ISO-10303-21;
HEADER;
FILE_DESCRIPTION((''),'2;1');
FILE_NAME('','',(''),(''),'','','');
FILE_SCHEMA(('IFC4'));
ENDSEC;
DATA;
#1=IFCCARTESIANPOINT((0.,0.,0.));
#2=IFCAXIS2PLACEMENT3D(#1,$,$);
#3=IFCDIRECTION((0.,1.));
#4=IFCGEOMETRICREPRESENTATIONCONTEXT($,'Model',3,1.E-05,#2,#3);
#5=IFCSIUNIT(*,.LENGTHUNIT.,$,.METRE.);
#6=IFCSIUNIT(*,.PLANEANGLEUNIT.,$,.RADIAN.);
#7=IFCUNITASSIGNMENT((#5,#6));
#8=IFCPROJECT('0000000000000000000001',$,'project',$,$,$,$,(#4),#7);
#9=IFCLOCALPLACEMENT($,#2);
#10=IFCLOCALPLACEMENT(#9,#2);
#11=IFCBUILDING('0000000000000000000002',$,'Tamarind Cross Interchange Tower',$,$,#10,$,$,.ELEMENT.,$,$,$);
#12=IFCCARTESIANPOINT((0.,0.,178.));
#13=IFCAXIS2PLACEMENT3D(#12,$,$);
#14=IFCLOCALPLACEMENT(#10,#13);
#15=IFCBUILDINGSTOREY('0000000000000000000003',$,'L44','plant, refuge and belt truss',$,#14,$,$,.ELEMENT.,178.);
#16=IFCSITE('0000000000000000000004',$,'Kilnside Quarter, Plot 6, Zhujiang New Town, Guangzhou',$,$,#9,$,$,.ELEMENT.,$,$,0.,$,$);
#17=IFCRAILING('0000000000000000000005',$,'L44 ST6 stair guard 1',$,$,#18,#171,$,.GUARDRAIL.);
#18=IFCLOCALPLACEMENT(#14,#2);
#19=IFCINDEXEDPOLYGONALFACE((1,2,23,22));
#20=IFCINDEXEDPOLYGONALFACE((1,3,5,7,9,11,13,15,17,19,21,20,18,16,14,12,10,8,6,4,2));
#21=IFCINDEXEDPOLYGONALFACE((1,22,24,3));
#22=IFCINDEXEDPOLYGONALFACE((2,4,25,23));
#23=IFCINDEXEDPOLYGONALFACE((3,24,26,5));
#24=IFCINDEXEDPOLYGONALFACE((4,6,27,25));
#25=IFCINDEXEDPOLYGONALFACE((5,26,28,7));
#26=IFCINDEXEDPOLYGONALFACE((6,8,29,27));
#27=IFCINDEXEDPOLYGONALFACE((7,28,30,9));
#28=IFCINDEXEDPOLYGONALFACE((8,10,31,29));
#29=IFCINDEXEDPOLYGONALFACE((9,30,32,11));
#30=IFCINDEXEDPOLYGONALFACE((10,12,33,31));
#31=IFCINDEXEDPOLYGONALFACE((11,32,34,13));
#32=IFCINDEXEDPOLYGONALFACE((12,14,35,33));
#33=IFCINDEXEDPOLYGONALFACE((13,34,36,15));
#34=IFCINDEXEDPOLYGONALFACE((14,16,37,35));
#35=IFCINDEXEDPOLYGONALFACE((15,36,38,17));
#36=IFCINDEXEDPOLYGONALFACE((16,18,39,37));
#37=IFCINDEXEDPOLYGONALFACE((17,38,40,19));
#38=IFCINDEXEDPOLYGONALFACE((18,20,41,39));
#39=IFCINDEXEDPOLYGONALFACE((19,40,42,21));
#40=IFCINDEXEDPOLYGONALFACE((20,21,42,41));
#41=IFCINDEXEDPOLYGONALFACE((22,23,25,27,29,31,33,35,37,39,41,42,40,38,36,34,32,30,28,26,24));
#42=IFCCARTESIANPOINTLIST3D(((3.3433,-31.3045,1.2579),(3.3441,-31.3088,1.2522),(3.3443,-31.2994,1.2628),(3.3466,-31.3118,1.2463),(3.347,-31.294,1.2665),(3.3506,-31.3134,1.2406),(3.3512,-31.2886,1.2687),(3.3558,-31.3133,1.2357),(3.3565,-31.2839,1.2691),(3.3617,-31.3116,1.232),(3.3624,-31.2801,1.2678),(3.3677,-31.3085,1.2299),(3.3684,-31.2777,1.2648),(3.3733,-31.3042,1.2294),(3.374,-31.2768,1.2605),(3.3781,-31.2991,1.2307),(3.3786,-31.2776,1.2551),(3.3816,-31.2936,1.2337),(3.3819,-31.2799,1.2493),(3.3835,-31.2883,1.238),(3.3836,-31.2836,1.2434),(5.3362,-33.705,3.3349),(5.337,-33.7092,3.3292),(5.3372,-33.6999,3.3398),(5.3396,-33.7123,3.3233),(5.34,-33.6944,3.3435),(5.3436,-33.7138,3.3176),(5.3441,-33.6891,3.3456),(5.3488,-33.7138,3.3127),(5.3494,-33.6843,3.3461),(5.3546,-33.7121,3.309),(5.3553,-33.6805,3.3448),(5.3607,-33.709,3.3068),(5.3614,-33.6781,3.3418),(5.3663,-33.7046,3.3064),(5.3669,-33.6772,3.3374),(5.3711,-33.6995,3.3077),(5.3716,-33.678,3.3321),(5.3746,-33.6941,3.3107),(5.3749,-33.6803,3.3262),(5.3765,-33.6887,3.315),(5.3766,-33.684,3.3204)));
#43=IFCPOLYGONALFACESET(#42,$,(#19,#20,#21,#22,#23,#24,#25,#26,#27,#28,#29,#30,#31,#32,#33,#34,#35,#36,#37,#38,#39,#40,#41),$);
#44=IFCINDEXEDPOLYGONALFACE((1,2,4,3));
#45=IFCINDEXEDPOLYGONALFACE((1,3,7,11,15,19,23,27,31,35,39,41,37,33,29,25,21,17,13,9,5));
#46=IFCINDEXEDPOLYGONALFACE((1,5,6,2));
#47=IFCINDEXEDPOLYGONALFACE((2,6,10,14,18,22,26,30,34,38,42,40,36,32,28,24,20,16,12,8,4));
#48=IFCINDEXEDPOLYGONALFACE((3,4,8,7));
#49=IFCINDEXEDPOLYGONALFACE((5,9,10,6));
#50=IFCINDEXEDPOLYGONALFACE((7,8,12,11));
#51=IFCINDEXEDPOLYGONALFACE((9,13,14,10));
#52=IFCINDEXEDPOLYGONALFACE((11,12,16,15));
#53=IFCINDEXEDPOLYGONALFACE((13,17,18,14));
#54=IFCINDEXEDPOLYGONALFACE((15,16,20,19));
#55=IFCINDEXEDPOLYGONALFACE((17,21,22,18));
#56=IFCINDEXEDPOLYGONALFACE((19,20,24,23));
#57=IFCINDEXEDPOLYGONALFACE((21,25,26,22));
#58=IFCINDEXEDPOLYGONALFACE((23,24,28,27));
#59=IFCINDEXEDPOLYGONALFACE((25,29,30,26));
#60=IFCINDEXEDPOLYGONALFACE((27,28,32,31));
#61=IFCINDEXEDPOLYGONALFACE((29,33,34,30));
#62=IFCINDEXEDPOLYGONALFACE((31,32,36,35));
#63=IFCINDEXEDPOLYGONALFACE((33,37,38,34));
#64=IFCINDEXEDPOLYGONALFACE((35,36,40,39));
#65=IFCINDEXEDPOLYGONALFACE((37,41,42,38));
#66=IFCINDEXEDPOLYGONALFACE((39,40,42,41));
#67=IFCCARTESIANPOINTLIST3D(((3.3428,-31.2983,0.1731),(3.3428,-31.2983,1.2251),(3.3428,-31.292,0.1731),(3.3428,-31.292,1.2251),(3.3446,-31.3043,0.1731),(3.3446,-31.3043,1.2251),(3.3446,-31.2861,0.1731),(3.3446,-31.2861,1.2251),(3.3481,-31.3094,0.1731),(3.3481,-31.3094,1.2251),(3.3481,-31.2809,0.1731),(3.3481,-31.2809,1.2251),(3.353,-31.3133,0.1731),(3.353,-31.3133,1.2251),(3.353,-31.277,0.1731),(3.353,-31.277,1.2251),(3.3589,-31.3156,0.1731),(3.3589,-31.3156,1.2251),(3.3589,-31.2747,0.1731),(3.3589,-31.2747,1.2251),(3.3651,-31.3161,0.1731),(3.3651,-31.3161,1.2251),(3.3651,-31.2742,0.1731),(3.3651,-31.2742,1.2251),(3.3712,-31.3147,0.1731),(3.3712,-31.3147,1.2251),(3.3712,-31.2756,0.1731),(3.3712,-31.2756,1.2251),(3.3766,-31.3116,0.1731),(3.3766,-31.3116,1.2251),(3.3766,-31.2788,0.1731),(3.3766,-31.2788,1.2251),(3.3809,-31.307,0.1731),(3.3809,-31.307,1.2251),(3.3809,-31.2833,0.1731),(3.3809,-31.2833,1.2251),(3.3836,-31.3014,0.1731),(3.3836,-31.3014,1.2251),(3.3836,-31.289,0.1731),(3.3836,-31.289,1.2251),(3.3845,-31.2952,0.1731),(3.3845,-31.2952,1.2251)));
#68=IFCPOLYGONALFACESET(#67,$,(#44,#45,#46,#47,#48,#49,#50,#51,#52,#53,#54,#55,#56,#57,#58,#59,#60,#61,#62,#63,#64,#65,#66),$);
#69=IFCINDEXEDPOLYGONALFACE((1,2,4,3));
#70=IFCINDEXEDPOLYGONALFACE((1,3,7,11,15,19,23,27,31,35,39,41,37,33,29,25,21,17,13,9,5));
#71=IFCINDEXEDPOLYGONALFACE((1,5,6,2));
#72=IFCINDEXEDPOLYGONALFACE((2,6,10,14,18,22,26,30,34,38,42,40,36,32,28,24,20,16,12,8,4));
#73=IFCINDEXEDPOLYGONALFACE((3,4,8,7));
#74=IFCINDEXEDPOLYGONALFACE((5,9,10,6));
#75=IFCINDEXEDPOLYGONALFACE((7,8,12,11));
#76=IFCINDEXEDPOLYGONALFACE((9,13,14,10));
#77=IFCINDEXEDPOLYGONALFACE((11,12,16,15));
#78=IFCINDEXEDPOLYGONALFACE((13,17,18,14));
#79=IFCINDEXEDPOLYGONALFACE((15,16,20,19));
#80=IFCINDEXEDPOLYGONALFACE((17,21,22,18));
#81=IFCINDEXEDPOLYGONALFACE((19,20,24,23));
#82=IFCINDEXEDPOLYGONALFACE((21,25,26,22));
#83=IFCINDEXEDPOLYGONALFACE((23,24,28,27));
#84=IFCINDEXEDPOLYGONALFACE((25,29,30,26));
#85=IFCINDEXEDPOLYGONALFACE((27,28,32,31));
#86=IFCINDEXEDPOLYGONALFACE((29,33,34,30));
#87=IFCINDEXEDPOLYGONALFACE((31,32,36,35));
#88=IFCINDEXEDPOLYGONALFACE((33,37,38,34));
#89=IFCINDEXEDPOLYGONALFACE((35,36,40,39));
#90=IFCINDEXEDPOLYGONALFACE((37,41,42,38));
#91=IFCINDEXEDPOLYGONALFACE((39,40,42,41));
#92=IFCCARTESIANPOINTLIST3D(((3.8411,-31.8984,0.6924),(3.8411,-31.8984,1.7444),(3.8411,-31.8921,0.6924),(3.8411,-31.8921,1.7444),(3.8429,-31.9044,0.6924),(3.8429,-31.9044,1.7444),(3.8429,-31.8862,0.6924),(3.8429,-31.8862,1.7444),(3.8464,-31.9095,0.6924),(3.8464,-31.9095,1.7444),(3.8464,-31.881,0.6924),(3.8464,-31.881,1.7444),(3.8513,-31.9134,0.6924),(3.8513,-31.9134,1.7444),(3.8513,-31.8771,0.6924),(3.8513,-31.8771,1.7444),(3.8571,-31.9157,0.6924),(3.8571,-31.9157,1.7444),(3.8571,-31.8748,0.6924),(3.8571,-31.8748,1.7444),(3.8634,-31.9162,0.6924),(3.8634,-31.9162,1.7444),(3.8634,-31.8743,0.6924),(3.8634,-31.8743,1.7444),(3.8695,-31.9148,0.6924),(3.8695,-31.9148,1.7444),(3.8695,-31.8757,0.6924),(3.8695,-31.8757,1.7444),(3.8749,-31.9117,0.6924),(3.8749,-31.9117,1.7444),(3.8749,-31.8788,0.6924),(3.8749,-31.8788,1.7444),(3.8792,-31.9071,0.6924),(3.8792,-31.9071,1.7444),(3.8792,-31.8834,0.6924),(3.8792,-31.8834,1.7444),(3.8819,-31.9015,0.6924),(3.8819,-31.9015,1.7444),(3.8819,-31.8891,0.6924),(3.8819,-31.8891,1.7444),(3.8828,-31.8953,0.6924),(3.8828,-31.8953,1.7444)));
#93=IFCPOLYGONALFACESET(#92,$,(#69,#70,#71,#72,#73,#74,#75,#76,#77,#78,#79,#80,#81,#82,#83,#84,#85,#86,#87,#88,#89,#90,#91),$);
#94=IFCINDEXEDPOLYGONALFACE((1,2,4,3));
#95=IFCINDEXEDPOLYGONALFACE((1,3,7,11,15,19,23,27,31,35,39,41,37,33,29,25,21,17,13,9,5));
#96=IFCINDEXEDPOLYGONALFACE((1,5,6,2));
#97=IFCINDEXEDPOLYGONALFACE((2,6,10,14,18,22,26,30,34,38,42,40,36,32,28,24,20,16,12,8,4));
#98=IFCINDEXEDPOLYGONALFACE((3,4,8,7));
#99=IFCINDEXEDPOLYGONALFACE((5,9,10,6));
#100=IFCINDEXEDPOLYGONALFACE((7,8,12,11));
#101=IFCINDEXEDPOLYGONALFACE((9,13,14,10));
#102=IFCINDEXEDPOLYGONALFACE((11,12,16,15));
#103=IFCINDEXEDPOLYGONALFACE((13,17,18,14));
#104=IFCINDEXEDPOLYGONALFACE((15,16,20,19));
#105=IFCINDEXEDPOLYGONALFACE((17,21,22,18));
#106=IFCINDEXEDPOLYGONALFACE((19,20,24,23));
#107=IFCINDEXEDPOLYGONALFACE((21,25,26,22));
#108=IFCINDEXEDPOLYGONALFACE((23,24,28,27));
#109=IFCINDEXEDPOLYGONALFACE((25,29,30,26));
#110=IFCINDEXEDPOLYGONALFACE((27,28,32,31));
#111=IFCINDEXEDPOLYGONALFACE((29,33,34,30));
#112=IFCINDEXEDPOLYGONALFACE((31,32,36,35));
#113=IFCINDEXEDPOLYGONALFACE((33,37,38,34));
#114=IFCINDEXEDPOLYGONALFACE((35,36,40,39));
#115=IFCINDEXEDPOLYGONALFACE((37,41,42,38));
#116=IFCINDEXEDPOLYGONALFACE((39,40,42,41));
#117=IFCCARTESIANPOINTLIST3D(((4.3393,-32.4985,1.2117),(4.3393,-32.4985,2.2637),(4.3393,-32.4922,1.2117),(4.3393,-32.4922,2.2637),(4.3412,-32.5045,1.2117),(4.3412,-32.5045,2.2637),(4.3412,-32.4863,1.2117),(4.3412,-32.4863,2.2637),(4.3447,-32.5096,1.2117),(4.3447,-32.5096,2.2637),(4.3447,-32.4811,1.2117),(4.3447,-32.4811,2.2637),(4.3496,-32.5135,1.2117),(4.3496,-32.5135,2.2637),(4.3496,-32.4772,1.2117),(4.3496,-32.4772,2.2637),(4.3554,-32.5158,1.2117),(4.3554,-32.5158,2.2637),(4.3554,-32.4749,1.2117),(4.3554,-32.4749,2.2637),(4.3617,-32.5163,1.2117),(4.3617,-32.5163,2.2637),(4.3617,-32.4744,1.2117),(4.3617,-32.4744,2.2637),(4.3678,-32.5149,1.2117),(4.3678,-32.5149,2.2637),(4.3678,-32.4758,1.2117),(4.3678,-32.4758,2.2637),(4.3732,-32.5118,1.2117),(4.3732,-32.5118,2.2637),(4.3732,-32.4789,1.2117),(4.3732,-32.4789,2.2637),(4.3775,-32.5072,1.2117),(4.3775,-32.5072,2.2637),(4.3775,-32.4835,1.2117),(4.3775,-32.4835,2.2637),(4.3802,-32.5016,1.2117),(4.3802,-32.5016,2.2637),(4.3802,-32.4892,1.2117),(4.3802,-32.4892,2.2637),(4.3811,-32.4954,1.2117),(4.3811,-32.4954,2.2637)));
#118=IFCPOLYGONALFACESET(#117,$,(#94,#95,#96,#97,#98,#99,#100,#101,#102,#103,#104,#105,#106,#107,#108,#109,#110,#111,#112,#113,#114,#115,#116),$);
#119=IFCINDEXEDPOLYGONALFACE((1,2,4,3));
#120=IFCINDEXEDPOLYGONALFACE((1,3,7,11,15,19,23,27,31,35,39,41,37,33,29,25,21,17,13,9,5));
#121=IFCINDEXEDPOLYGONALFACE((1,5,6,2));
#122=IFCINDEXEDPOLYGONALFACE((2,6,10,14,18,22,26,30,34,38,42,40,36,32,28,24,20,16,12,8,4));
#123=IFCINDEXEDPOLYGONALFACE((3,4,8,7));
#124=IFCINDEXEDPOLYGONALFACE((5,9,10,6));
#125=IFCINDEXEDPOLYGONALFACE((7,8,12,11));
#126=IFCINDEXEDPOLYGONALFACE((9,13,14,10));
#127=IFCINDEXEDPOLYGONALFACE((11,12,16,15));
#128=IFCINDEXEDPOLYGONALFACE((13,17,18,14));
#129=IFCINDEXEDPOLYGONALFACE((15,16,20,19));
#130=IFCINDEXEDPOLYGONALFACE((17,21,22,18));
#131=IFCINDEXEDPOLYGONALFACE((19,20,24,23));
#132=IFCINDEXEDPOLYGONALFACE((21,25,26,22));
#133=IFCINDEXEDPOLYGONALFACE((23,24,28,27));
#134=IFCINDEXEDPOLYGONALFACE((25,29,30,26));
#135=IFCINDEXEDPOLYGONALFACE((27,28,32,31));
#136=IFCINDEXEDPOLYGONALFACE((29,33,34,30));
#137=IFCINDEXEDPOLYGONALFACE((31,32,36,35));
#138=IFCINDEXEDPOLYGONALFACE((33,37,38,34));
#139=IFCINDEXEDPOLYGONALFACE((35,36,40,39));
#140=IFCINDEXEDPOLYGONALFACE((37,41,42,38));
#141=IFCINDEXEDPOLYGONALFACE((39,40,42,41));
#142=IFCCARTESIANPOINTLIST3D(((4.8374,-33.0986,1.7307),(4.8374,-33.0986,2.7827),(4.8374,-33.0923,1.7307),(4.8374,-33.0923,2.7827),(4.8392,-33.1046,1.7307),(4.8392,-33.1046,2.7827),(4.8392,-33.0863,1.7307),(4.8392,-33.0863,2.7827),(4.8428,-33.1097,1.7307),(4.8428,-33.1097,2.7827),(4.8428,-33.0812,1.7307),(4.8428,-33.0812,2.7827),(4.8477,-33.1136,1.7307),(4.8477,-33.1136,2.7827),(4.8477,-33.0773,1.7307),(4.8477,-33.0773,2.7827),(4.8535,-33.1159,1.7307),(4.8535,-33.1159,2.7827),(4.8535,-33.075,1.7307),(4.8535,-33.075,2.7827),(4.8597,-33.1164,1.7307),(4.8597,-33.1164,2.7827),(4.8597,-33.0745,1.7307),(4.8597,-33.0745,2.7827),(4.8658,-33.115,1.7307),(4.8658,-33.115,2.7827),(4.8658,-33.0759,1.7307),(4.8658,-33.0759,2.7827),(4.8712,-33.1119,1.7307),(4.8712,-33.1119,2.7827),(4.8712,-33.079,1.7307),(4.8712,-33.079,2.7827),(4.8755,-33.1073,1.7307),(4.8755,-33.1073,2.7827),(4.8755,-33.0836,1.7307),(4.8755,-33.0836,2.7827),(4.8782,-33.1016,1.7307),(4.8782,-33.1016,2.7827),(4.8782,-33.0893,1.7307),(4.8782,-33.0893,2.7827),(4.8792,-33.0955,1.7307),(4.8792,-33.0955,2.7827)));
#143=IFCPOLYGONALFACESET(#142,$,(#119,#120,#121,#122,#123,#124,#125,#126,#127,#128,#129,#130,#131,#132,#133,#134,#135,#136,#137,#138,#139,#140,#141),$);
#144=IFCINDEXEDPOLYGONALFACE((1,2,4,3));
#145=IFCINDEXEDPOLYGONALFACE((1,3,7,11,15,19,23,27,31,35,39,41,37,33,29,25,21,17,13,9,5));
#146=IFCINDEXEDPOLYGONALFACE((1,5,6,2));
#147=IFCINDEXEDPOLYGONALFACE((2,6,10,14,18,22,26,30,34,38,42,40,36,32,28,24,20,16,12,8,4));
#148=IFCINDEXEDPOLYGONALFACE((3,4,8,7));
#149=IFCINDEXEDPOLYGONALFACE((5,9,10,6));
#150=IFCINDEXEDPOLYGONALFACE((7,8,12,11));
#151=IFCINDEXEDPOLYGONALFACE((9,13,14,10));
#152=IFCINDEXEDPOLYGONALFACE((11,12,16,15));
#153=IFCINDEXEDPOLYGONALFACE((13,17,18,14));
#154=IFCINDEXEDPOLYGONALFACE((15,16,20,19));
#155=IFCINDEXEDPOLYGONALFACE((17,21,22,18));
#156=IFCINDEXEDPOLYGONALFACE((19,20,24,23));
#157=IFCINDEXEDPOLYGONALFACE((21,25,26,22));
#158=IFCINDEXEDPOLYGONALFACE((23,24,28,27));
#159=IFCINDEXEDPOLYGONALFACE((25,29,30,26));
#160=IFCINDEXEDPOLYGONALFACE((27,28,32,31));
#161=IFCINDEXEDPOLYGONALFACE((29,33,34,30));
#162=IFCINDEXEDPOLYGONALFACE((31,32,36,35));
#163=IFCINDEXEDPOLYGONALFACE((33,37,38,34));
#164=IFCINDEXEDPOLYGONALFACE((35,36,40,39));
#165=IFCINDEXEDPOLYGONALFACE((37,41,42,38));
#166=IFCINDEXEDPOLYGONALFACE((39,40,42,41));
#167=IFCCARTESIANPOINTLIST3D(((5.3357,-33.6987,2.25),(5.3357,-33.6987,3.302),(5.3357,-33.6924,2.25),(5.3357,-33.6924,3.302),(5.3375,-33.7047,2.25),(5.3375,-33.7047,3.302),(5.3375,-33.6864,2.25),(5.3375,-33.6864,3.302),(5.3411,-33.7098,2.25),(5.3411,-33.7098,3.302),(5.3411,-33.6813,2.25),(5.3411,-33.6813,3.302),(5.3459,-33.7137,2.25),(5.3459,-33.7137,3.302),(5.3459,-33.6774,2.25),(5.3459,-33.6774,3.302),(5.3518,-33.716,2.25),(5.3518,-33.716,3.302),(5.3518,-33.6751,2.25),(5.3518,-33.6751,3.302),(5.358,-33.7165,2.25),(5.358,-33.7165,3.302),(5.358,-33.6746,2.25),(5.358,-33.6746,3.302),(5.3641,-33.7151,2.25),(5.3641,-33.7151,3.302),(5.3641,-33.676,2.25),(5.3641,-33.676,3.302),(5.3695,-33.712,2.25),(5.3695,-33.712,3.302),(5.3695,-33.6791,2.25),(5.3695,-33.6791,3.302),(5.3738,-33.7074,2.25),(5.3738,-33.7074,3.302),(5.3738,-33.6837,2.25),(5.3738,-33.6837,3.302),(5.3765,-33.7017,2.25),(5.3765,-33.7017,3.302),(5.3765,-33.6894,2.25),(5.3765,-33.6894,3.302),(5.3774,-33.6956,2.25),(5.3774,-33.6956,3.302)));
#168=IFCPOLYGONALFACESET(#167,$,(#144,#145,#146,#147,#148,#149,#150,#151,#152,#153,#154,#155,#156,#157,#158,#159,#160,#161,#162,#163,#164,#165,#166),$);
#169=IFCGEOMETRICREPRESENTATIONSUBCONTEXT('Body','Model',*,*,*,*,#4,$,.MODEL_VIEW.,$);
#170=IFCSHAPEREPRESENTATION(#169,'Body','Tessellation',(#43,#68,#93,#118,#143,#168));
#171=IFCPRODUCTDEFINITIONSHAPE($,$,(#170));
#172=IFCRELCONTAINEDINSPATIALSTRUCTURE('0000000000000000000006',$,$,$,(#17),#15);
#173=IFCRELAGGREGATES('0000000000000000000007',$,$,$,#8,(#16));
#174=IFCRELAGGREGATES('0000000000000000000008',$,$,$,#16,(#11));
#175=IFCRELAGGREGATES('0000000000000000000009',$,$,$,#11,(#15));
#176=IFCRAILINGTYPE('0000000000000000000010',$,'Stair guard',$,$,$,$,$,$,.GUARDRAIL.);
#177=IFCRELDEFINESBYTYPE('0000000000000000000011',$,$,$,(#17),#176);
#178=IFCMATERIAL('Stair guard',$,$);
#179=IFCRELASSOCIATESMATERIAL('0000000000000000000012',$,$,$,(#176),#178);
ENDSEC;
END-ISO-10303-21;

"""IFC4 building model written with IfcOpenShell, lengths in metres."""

from ifc_helpers import new_model, si_unit, direction, frame, origin, origin_2d, place, context, subcontext, project, spatial, circle, extrude, material, type_object, element, save


model = new_model("IFC4")

# Units and contexts
model_context = context("Model", 3, precision=1e-05, world=origin(), true_north=direction((0.0, 1.0)))
body_context = subcontext(model_context, "Body", "Model", "MODEL_VIEW")
ifc_project = project(units=[si_unit("LENGTHUNIT", "METRE"), si_unit("PLANEANGLEUNIT", "RADIAN")], contexts=[model_context])

# Site, building, storey
site_placement = place(None, origin())
site = spatial("IfcSite", under=ifc_project, at=site_placement, Name="Kilnside Quarter, Plot 6, Zhujiang New Town, Guangzhou", CompositionType="ELEMENT", RefElevation=0.0)
building_placement = place(site_placement, origin())
building = spatial("IfcBuilding", under=site, at=building_placement, Name="Tamarind Cross Interchange Tower", CompositionType="ELEMENT")
storey_placement = place(building_placement, frame((0.0, 0.0, 178.0)))
storey = spatial("IfcBuildingStorey", under=building, at=storey_placement, Name="L44", Description="plant, refuge and belt truss", CompositionType="ELEMENT", Elevation=178.0)

# Railing
ifc_material_1 = material(Name="Stair guard")
railing_type = type_object("IfcRailingType", Name="Stair guard", PredefinedType="GUARDRAIL", material=ifc_material_1)
railing_1_placement = place(storey_placement, frame((3.3635, -31.2952, 0.1731)))
element("IfcRailing", 1, at=railing_1_placement, inside=storey, type_object=railing_type, Name="L44 ST6 stair guard 1", PredefinedType="GUARDRAIL", context=body_context, shape_type="SweptSolid", body=[
    extrude(circle(Radius=0.0239, at=origin_2d()), frame((0.0, 0.0, 1.0762), z_axis=(0.531736, -0.640454, 0.554144), x_axis=(0.769387, 0.638782, 0.0)), (0.0, 0.0, 1.0), 3.748),
    extrude(circle(Radius=0.021, at=origin_2d()), origin(), (0.0, 0.0, 1.0), 1.052),
    extrude(circle(Radius=0.021, at=origin_2d()), frame((0.4983, -0.6001, 0.5193)), (0.0, 0.0, 1.0), 1.052),
    extrude(circle(Radius=0.021, at=origin_2d()), frame((0.9966, -1.2002, 1.0386)), (0.0, 0.0, 1.0), 1.052),
    extrude(circle(Radius=0.021, at=origin_2d()), frame((1.4946, -1.8003, 1.5576)), (0.0, 0.0, 1.0), 1.052),
    extrude(circle(Radius=0.021, at=origin_2d()), frame((1.9929, -2.4004, 2.0769)), (0.0, 0.0, 1.0), 1.052),
])

save(model, "model.ifc")
